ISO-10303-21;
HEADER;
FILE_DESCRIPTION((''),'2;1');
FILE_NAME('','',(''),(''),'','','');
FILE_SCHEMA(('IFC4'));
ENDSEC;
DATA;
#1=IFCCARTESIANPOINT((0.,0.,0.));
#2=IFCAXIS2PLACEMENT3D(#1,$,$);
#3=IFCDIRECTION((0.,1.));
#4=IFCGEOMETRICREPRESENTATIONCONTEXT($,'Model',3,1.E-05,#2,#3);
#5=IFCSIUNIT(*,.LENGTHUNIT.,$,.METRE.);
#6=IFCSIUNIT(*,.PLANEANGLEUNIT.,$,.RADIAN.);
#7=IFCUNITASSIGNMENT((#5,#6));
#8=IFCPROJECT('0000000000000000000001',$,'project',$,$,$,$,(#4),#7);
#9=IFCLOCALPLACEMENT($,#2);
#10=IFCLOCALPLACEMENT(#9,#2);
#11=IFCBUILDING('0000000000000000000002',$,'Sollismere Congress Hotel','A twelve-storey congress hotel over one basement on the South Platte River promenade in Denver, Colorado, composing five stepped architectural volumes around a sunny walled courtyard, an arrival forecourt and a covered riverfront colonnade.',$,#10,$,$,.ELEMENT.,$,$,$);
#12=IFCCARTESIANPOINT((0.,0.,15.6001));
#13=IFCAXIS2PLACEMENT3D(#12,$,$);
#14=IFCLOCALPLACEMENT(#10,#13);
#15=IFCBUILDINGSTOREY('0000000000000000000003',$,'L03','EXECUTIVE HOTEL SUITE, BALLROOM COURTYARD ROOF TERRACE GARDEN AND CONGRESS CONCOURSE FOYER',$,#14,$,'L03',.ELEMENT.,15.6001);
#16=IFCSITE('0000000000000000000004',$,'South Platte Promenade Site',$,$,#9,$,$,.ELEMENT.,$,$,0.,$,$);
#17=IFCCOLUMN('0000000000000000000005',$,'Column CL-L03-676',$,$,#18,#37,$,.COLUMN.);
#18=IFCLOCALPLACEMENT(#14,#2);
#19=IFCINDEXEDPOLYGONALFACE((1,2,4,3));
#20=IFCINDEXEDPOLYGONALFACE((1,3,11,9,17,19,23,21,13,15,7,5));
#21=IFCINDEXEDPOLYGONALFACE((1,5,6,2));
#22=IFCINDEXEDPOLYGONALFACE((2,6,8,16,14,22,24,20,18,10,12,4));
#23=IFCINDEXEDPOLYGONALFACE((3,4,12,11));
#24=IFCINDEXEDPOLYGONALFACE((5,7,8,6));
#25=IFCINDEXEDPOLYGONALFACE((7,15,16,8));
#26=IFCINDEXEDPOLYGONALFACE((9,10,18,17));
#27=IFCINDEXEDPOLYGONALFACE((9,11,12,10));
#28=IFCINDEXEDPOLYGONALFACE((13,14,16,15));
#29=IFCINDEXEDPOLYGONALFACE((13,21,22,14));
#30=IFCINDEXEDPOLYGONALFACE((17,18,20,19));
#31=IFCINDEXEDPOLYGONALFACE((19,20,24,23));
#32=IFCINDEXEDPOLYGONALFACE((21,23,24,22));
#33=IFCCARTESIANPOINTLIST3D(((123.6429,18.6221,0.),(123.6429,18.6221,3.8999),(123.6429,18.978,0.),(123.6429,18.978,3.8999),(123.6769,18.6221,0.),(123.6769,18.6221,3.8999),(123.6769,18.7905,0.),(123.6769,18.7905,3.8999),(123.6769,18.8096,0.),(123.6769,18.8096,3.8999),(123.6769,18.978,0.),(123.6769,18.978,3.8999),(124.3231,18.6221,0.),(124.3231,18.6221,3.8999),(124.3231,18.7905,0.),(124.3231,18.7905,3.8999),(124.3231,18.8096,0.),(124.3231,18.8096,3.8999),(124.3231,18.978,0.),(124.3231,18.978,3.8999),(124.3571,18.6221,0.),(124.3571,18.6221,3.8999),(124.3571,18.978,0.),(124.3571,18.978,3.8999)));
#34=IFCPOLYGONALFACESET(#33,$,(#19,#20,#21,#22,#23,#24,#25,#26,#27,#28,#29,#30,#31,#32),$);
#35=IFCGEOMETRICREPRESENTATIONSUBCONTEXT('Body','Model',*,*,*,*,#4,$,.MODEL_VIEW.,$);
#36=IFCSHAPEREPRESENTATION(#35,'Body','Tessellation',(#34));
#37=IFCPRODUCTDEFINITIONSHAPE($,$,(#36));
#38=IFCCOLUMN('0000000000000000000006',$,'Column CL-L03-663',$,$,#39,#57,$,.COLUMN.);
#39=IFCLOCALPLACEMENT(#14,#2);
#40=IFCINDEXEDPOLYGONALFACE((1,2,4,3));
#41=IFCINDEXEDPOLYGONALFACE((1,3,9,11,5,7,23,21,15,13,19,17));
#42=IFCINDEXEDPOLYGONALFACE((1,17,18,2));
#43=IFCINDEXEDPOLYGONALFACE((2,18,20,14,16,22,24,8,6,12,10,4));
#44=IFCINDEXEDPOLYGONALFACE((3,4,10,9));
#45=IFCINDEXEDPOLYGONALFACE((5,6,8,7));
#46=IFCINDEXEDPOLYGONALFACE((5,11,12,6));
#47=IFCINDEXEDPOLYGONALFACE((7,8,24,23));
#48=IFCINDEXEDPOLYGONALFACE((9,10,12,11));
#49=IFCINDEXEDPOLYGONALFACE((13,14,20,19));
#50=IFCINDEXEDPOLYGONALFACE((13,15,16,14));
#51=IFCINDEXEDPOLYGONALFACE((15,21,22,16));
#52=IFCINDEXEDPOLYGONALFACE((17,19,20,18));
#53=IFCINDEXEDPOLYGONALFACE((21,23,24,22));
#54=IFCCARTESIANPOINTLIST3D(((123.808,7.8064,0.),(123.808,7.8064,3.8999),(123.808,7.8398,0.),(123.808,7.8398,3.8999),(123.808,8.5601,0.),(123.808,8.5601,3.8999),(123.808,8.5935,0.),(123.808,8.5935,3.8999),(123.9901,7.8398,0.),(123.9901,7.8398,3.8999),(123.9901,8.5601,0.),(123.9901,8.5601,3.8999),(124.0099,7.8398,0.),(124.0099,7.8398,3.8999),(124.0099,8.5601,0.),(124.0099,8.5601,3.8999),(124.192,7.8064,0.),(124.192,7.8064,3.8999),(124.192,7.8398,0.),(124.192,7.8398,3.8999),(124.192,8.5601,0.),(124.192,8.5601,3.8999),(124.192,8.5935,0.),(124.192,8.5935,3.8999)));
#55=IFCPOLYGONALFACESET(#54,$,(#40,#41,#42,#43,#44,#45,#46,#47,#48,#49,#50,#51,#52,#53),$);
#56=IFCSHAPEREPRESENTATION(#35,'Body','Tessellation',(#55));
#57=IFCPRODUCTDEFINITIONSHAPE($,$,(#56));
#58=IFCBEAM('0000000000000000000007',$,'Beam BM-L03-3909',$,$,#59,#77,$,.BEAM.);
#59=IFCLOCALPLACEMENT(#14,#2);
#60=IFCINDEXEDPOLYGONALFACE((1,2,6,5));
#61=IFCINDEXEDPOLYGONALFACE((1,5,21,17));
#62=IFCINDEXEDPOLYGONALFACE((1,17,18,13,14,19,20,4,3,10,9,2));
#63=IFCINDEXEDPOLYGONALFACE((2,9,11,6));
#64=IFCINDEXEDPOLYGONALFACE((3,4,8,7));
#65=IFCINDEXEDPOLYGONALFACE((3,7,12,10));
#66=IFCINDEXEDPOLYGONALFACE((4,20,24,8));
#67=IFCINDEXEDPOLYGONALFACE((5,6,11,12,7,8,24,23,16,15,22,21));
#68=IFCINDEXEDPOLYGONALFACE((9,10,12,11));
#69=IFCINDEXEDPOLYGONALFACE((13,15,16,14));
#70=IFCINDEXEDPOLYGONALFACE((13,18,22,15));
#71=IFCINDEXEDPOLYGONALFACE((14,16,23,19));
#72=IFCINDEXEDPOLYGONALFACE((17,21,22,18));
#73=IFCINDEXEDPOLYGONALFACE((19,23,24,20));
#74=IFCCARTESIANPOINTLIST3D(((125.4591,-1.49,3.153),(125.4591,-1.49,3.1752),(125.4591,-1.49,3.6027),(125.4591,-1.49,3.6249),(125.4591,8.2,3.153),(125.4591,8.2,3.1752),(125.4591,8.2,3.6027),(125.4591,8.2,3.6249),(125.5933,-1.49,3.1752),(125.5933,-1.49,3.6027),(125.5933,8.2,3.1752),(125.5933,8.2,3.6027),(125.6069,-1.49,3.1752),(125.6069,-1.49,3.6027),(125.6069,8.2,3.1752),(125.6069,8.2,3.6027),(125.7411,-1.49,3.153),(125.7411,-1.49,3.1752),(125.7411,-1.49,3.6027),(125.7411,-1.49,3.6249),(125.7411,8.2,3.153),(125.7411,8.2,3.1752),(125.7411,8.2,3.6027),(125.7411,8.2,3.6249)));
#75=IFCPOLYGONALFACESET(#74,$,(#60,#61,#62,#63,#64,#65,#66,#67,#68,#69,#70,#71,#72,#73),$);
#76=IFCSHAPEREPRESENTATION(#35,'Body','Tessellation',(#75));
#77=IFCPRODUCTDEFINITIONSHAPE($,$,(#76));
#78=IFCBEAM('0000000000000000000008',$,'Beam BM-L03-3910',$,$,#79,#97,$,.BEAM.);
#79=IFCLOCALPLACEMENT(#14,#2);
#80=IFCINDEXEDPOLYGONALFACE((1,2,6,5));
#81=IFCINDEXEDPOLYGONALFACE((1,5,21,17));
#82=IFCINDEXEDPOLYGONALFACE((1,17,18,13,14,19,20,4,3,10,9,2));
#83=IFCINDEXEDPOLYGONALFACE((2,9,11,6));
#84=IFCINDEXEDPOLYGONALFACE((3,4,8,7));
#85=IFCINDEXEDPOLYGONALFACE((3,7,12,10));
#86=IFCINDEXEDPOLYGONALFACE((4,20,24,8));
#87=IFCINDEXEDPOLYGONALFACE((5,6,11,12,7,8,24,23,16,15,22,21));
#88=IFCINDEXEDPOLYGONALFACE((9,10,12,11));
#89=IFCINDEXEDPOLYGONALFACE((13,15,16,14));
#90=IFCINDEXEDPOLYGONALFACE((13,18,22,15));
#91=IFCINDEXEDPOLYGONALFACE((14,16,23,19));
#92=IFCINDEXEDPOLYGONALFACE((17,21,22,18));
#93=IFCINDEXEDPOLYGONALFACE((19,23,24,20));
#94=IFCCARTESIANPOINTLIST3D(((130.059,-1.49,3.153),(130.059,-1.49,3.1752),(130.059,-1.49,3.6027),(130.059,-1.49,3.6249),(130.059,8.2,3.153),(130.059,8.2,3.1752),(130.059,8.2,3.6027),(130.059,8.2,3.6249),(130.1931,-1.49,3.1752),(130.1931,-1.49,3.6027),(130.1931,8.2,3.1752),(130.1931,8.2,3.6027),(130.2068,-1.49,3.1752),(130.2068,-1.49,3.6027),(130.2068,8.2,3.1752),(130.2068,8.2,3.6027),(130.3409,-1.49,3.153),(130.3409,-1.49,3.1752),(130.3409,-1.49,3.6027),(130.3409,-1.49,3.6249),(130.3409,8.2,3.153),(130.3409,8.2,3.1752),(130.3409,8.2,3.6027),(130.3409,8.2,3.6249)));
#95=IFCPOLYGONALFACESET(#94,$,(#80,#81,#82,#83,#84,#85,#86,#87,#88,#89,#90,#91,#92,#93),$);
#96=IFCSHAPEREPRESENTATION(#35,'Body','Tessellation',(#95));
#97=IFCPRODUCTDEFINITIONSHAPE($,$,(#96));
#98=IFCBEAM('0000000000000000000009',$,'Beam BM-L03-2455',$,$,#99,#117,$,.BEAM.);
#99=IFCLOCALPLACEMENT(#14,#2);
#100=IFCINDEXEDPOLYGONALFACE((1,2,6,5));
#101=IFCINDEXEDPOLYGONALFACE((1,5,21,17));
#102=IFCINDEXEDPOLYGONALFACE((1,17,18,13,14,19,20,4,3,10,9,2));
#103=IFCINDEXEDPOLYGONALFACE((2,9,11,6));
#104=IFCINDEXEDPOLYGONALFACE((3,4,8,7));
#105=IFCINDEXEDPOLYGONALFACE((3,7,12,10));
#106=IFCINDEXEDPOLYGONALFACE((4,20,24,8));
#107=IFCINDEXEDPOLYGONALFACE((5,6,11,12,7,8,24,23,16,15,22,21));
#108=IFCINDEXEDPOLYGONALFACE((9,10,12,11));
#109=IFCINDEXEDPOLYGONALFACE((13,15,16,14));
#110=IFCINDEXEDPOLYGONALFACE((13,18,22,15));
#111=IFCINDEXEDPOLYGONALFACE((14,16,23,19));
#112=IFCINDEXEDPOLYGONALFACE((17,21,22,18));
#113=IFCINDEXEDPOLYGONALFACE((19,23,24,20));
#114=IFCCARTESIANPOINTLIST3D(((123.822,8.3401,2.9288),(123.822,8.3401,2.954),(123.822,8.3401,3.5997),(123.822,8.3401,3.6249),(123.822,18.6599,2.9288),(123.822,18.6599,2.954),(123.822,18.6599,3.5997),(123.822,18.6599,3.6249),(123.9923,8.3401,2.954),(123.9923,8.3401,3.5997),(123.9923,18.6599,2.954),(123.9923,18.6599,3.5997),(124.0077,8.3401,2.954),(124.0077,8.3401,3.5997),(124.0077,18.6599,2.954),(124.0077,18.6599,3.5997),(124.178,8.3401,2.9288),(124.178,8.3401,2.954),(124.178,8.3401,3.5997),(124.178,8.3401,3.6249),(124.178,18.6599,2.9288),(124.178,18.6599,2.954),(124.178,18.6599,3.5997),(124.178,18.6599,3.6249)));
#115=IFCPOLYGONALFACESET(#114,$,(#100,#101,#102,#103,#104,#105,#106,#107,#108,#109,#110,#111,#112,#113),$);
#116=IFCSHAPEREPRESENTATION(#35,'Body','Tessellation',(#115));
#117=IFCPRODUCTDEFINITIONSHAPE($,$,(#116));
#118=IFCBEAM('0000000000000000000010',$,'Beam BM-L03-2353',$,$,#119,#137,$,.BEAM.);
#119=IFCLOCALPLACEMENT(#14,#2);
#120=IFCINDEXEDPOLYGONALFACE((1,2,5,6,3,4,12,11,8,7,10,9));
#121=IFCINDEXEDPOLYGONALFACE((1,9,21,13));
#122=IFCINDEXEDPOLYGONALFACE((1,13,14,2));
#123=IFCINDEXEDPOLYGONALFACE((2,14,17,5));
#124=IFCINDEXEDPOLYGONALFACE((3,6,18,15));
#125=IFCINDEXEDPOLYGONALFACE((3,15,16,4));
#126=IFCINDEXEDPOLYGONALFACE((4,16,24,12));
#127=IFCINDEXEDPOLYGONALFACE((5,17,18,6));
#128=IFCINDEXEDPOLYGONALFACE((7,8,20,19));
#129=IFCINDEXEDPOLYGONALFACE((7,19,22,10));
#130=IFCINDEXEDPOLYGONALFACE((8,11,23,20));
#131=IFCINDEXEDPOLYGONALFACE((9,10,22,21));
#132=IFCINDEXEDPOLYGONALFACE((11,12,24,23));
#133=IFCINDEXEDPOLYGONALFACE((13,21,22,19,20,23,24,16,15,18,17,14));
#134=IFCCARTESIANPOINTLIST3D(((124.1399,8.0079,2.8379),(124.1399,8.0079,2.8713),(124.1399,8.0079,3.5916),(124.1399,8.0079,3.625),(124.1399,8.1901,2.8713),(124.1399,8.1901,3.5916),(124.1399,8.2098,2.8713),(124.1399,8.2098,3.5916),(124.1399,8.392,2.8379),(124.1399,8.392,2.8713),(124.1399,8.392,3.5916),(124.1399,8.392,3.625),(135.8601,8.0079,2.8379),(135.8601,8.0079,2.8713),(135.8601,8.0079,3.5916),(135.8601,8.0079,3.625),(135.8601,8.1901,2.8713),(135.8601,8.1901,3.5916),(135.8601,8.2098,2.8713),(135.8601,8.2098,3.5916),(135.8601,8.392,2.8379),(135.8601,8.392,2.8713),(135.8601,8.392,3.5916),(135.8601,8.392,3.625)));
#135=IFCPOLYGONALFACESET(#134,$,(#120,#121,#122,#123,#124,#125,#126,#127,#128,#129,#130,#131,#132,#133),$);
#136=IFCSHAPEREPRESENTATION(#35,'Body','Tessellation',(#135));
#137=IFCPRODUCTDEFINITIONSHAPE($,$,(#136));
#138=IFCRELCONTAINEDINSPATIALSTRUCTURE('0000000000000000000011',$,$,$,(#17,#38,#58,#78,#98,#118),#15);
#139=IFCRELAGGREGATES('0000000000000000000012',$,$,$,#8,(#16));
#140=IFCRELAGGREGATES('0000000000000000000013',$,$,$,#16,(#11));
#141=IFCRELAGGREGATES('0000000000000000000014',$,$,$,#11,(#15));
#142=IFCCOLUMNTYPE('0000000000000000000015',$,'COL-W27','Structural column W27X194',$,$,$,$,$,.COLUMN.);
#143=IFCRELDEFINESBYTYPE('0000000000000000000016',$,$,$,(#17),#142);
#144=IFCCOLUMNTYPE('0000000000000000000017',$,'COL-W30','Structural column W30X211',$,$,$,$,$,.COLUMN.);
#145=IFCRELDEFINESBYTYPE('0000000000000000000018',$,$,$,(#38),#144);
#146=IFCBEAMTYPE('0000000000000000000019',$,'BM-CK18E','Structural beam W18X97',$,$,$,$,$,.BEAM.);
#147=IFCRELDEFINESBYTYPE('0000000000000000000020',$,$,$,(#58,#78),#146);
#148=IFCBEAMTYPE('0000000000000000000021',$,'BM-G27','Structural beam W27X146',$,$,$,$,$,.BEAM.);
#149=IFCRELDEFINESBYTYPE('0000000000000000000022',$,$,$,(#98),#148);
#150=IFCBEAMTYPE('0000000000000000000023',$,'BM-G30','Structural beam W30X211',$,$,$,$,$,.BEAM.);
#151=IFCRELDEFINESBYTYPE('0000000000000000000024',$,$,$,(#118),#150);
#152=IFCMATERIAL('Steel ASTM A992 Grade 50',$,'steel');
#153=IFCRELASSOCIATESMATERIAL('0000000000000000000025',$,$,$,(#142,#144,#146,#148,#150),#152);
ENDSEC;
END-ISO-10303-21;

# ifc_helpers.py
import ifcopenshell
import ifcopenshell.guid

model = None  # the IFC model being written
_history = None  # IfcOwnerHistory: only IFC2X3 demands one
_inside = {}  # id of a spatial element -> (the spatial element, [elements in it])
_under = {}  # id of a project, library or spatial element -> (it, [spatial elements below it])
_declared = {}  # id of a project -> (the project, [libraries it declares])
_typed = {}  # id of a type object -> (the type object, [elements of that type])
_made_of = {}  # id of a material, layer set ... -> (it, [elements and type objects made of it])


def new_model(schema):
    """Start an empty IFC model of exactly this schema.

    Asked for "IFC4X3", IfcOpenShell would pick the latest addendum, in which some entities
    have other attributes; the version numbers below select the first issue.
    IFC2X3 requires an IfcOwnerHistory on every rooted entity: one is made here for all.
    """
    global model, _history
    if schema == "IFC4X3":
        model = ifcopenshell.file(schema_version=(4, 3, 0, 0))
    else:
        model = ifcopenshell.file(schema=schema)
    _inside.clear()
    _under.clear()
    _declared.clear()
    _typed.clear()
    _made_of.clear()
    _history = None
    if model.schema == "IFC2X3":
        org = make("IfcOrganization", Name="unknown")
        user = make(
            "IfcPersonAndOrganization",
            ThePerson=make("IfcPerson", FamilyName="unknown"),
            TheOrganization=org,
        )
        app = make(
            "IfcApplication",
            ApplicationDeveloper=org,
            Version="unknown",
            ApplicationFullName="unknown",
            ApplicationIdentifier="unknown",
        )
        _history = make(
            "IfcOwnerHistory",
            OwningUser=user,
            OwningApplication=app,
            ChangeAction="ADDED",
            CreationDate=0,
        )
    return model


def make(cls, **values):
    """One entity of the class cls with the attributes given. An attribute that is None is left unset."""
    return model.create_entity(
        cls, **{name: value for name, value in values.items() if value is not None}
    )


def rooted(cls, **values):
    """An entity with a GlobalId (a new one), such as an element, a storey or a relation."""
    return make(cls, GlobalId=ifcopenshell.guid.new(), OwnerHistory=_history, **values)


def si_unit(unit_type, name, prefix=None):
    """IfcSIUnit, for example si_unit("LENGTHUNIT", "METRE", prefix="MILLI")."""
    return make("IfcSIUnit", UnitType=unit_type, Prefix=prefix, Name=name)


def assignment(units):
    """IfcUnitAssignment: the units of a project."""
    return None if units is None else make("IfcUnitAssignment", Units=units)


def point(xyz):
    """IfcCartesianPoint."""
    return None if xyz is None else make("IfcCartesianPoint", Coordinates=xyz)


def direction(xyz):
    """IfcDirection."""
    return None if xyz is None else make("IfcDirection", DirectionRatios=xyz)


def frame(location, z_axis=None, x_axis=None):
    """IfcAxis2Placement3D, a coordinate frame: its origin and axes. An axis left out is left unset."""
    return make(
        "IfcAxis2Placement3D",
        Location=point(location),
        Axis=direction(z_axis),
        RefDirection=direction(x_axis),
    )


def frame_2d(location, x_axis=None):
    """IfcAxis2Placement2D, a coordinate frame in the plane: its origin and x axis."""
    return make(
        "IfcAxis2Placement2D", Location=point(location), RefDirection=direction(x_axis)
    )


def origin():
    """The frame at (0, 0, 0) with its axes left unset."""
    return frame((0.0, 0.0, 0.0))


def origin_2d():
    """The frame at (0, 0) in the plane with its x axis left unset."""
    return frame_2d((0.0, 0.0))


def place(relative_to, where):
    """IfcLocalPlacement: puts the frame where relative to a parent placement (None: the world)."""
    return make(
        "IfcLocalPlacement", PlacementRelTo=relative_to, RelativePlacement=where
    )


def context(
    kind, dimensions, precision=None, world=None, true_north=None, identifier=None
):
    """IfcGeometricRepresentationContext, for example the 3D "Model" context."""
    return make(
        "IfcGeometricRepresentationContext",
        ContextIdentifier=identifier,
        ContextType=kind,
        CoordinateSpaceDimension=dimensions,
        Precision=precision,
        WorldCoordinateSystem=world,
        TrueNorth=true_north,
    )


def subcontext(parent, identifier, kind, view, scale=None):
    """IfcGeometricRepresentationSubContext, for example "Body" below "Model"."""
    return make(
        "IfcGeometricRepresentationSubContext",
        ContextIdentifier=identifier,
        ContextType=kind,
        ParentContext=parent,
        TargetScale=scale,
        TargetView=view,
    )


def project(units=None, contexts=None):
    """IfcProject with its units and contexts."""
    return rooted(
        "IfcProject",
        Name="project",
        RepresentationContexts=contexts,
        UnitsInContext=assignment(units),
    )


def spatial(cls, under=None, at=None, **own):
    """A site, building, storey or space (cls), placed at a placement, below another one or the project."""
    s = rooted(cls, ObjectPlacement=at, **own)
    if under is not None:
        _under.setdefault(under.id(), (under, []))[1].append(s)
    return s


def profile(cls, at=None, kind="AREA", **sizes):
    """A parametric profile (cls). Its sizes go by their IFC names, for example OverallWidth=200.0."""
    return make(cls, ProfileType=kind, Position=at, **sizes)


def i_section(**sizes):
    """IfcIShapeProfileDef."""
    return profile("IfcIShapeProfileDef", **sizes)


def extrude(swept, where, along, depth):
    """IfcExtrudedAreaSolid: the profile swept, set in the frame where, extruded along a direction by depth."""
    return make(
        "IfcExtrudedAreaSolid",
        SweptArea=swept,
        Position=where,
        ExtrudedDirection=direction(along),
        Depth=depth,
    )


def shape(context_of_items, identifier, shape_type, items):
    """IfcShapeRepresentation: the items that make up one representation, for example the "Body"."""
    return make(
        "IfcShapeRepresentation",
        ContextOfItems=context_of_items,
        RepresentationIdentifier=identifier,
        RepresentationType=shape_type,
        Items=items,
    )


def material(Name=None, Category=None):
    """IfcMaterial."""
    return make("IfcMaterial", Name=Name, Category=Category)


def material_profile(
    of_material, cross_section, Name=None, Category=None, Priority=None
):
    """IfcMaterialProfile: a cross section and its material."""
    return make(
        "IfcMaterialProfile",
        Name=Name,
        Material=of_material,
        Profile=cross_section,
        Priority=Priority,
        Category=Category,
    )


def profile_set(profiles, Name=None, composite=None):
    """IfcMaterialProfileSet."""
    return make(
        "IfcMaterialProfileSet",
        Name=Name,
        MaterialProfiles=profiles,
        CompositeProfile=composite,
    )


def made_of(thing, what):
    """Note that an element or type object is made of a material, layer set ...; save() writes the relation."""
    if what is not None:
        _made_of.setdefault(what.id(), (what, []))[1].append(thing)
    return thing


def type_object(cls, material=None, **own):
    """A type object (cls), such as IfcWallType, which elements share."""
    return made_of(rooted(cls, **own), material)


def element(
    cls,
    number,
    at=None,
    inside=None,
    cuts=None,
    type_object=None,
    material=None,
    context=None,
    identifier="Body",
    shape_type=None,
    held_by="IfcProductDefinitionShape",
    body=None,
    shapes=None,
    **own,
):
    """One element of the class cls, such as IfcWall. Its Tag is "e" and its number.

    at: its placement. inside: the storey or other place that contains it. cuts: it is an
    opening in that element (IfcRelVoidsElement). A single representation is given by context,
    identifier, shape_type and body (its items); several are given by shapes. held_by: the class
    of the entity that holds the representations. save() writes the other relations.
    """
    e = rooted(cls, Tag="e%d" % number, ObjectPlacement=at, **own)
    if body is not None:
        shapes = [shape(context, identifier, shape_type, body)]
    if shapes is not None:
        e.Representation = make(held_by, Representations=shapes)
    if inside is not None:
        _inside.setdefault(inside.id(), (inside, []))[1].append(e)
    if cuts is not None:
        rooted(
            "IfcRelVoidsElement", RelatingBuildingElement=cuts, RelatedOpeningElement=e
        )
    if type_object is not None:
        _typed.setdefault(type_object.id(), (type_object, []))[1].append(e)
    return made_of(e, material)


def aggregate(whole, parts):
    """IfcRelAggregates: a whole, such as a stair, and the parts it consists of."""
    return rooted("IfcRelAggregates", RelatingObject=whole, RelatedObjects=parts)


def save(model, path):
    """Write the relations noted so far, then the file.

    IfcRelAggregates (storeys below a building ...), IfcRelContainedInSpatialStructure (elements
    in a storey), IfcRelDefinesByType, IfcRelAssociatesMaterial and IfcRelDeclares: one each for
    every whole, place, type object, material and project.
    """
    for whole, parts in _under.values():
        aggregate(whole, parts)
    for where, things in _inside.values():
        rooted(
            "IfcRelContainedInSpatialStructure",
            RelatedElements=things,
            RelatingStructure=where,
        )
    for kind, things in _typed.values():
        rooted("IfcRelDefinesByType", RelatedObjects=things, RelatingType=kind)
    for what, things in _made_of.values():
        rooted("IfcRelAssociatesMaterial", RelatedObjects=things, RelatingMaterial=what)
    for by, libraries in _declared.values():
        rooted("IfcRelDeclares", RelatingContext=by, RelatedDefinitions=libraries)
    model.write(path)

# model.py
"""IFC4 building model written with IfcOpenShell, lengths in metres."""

from ifc_helpers import new_model, si_unit, direction, frame, origin, origin_2d, place, context, subcontext, project, spatial, i_section, extrude, material, material_profile, profile_set, type_object, element, save


model = new_model("IFC4")

# Units and contexts
model_context = context("Model", 3, precision=1e-05, world=origin(), true_north=direction((0.0, 1.0)))
body_context = subcontext(model_context, "Body", "Model", "MODEL_VIEW")
ifc_project = project(units=[si_unit("LENGTHUNIT", "METRE"), si_unit("PLANEANGLEUNIT", "RADIAN")], contexts=[model_context])

# Site, building, storey
site_placement = place(None, origin())
site = spatial("IfcSite", under=ifc_project, at=site_placement, Name="South Platte Promenade Site", CompositionType="ELEMENT", RefElevation=0.0)
building_placement = place(site_placement, origin())
building = spatial("IfcBuilding", under=site, at=building_placement, Name="Sollismere Congress Hotel", Description="A twelve-storey congress hotel over one basement on the South Platte River promenade in Denver, Colorado, composing five stepped architectural volumes around a sunny walled courtyard, an arrival forecourt and a covered riverfront colonnade.", CompositionType="ELEMENT")
storey_placement = place(building_placement, frame((0.0, 0.0, 15.6001)))
storey = spatial("IfcBuildingStorey", under=building, at=storey_placement, Name="L03", Description="EXECUTIVE HOTEL SUITE, BALLROOM COURTYARD ROOF TERRACE GARDEN AND CONGRESS CONCOURSE FOYER", LongName="L03", CompositionType="ELEMENT", Elevation=15.6001)

# Columns
ifc_material_1 = material(Name="Steel ASTM A992 Grade 50", Category="steel")
ifc_material_profile_1 = material_profile(ifc_material_1, i_section(OverallWidth=0.356, OverallDepth=0.7141, WebThickness=0.019, FlangeThickness=0.0339, at=origin_2d()), Name="W27X194")
ifc_profile_set_1 = profile_set([ifc_material_profile_1], Name="Steel ASTM A992 Grade 50")
column_type_1 = type_object("IfcColumnType", Name="COL-W27", Description="Structural column W27X194", PredefinedType="COLUMN", material=ifc_profile_set_1)
column_1_placement = place(storey_placement, frame((124.0, 18.8, 0.0), z_axis=(0.0, 0.0, 1.0), x_axis=(0.0, 1.0, 0.0)))
element("IfcColumn", 1, at=column_1_placement, inside=storey, type_object=column_type_1, Name="Column CL-L03-676", PredefinedType="COLUMN", context=body_context, shape_type="SweptSolid", body=[
    extrude(i_section(OverallWidth=0.356, OverallDepth=0.7141, WebThickness=0.019, FlangeThickness=0.0339, at=origin_2d()), origin(), (0.0, 0.0, 1.0), 3.8999),
])
ifc_material_profile_2 = material_profile(ifc_material_1, i_section(OverallWidth=0.384, OverallDepth=0.7871, WebThickness=0.0198, FlangeThickness=0.0334, at=origin_2d()), Name="W30X211")
ifc_profile_set_2 = profile_set([ifc_material_profile_2], Name="Steel ASTM A992 Grade 50")
column_type_2 = type_object("IfcColumnType", Name="COL-W30", Description="Structural column W30X211", PredefinedType="COLUMN", material=ifc_profile_set_2)
column_2_placement = place(storey_placement, frame((124.0, 8.2, 0.0), z_axis=(0.0, 0.0, 1.0), x_axis=(1.0, 0.0, 0.0)))
element("IfcColumn", 2, at=column_2_placement, inside=storey, type_object=column_type_2, Name="Column CL-L03-663", PredefinedType="COLUMN", context=body_context, shape_type="SweptSolid", body=[
    extrude(i_section(OverallWidth=0.384, OverallDepth=0.7871, WebThickness=0.0198, FlangeThickness=0.0334, at=origin_2d()), origin(), (0.0, 0.0, 1.0), 3.8999),
])

# Beams
ifc_material_profile_3 = material_profile(ifc_material_1, i_section(OverallWidth=0.282, OverallDepth=0.4719, WebThickness=0.0137, FlangeThickness=0.0222, at=origin_2d()), Name="W18X97")
ifc_profile_set_3 = profile_set([ifc_material_profile_3], Name="Steel ASTM A992 Grade 50")
beam_type_1 = type_object("IfcBeamType", Name="BM-CK18E", Description="Structural beam W18X97", PredefinedType="BEAM", material=ifc_profile_set_3)
for number, where, z_axis, x_axis, name in (
    (3, (125.6001, 8.2, 3.3889), (0.0, -1.0, 0.0), (1.0, 0.0, 0.0), "Beam BM-L03-3909"),
    (4, (130.2, 8.2, 3.3889), (0.0, -1.0, 0.0), (1.0, 0.0, 0.0), "Beam BM-L03-3910"),
):
    element("IfcBeam", number, at=place(storey_placement, frame(where, z_axis=z_axis, x_axis=x_axis)), inside=storey, type_object=beam_type_1, Name=name, PredefinedType="BEAM", context=body_context, shape_type="SweptSolid", body=[
        extrude(i_section(OverallWidth=0.282, OverallDepth=0.4719, WebThickness=0.0137, FlangeThickness=0.0222, at=origin_2d()), origin(), (0.0, 0.0, 1.0), 9.6899),
    ])
ifc_material_profile_4 = material_profile(ifc_material_1, i_section(OverallWidth=0.356, OverallDepth=0.696, WebThickness=0.0154, FlangeThickness=0.0251, at=origin_2d()), Name="W27X146")
ifc_profile_set_4 = profile_set([ifc_material_profile_4], Name="Steel ASTM A992 Grade 50")
beam_type_2 = type_object("IfcBeamType", Name="BM-G27", Description="Structural beam W27X146", PredefinedType="BEAM", material=ifc_profile_set_4)
beam_1_placement = place(storey_placement, frame((124.0, 8.3401, 3.2769), z_axis=(0.0, 1.0, 0.0), x_axis=(-1.0, 0.0, 0.0)))
element("IfcBeam", 5, at=beam_1_placement, inside=storey, type_object=beam_type_2, Name="Beam BM-L03-2455", PredefinedType="BEAM", context=body_context, shape_type="SweptSolid", body=[
    extrude(i_section(OverallWidth=0.356, OverallDepth=0.696, WebThickness=0.0154, FlangeThickness=0.0251, at=origin_2d()), origin(), (0.0, 0.0, 1.0), 10.3198),
])
ifc_material_profile_5 = material_profile(ifc_material_1, i_section(OverallWidth=0.384, OverallDepth=0.7871, WebThickness=0.0198, FlangeThickness=0.0334, at=origin_2d()), Name="W30X211")
ifc_profile_set_5 = profile_set([ifc_material_profile_5], Name="Steel ASTM A992 Grade 50")
beam_type_3 = type_object("IfcBeamType", Name="BM-G30", Description="Structural beam W30X211", PredefinedType="BEAM", material=ifc_profile_set_5)
beam_2_placement = place(storey_placement, frame((124.1399, 8.2, 3.2314), z_axis=(1.0, 0.0, 0.0), x_axis=(0.0, 1.0, 0.0)))
element("IfcBeam", 6, at=beam_2_placement, inside=storey, type_object=beam_type_3, Name="Beam BM-L03-2353", PredefinedType="BEAM", context=body_context, shape_type="SweptSolid", body=[
    extrude(i_section(OverallWidth=0.384, OverallDepth=0.7871, WebThickness=0.0198, FlangeThickness=0.0334, at=origin_2d()), origin(), (0.0, 0.0, 1.0), 11.7202),
])

save(model, "model.ifc")
